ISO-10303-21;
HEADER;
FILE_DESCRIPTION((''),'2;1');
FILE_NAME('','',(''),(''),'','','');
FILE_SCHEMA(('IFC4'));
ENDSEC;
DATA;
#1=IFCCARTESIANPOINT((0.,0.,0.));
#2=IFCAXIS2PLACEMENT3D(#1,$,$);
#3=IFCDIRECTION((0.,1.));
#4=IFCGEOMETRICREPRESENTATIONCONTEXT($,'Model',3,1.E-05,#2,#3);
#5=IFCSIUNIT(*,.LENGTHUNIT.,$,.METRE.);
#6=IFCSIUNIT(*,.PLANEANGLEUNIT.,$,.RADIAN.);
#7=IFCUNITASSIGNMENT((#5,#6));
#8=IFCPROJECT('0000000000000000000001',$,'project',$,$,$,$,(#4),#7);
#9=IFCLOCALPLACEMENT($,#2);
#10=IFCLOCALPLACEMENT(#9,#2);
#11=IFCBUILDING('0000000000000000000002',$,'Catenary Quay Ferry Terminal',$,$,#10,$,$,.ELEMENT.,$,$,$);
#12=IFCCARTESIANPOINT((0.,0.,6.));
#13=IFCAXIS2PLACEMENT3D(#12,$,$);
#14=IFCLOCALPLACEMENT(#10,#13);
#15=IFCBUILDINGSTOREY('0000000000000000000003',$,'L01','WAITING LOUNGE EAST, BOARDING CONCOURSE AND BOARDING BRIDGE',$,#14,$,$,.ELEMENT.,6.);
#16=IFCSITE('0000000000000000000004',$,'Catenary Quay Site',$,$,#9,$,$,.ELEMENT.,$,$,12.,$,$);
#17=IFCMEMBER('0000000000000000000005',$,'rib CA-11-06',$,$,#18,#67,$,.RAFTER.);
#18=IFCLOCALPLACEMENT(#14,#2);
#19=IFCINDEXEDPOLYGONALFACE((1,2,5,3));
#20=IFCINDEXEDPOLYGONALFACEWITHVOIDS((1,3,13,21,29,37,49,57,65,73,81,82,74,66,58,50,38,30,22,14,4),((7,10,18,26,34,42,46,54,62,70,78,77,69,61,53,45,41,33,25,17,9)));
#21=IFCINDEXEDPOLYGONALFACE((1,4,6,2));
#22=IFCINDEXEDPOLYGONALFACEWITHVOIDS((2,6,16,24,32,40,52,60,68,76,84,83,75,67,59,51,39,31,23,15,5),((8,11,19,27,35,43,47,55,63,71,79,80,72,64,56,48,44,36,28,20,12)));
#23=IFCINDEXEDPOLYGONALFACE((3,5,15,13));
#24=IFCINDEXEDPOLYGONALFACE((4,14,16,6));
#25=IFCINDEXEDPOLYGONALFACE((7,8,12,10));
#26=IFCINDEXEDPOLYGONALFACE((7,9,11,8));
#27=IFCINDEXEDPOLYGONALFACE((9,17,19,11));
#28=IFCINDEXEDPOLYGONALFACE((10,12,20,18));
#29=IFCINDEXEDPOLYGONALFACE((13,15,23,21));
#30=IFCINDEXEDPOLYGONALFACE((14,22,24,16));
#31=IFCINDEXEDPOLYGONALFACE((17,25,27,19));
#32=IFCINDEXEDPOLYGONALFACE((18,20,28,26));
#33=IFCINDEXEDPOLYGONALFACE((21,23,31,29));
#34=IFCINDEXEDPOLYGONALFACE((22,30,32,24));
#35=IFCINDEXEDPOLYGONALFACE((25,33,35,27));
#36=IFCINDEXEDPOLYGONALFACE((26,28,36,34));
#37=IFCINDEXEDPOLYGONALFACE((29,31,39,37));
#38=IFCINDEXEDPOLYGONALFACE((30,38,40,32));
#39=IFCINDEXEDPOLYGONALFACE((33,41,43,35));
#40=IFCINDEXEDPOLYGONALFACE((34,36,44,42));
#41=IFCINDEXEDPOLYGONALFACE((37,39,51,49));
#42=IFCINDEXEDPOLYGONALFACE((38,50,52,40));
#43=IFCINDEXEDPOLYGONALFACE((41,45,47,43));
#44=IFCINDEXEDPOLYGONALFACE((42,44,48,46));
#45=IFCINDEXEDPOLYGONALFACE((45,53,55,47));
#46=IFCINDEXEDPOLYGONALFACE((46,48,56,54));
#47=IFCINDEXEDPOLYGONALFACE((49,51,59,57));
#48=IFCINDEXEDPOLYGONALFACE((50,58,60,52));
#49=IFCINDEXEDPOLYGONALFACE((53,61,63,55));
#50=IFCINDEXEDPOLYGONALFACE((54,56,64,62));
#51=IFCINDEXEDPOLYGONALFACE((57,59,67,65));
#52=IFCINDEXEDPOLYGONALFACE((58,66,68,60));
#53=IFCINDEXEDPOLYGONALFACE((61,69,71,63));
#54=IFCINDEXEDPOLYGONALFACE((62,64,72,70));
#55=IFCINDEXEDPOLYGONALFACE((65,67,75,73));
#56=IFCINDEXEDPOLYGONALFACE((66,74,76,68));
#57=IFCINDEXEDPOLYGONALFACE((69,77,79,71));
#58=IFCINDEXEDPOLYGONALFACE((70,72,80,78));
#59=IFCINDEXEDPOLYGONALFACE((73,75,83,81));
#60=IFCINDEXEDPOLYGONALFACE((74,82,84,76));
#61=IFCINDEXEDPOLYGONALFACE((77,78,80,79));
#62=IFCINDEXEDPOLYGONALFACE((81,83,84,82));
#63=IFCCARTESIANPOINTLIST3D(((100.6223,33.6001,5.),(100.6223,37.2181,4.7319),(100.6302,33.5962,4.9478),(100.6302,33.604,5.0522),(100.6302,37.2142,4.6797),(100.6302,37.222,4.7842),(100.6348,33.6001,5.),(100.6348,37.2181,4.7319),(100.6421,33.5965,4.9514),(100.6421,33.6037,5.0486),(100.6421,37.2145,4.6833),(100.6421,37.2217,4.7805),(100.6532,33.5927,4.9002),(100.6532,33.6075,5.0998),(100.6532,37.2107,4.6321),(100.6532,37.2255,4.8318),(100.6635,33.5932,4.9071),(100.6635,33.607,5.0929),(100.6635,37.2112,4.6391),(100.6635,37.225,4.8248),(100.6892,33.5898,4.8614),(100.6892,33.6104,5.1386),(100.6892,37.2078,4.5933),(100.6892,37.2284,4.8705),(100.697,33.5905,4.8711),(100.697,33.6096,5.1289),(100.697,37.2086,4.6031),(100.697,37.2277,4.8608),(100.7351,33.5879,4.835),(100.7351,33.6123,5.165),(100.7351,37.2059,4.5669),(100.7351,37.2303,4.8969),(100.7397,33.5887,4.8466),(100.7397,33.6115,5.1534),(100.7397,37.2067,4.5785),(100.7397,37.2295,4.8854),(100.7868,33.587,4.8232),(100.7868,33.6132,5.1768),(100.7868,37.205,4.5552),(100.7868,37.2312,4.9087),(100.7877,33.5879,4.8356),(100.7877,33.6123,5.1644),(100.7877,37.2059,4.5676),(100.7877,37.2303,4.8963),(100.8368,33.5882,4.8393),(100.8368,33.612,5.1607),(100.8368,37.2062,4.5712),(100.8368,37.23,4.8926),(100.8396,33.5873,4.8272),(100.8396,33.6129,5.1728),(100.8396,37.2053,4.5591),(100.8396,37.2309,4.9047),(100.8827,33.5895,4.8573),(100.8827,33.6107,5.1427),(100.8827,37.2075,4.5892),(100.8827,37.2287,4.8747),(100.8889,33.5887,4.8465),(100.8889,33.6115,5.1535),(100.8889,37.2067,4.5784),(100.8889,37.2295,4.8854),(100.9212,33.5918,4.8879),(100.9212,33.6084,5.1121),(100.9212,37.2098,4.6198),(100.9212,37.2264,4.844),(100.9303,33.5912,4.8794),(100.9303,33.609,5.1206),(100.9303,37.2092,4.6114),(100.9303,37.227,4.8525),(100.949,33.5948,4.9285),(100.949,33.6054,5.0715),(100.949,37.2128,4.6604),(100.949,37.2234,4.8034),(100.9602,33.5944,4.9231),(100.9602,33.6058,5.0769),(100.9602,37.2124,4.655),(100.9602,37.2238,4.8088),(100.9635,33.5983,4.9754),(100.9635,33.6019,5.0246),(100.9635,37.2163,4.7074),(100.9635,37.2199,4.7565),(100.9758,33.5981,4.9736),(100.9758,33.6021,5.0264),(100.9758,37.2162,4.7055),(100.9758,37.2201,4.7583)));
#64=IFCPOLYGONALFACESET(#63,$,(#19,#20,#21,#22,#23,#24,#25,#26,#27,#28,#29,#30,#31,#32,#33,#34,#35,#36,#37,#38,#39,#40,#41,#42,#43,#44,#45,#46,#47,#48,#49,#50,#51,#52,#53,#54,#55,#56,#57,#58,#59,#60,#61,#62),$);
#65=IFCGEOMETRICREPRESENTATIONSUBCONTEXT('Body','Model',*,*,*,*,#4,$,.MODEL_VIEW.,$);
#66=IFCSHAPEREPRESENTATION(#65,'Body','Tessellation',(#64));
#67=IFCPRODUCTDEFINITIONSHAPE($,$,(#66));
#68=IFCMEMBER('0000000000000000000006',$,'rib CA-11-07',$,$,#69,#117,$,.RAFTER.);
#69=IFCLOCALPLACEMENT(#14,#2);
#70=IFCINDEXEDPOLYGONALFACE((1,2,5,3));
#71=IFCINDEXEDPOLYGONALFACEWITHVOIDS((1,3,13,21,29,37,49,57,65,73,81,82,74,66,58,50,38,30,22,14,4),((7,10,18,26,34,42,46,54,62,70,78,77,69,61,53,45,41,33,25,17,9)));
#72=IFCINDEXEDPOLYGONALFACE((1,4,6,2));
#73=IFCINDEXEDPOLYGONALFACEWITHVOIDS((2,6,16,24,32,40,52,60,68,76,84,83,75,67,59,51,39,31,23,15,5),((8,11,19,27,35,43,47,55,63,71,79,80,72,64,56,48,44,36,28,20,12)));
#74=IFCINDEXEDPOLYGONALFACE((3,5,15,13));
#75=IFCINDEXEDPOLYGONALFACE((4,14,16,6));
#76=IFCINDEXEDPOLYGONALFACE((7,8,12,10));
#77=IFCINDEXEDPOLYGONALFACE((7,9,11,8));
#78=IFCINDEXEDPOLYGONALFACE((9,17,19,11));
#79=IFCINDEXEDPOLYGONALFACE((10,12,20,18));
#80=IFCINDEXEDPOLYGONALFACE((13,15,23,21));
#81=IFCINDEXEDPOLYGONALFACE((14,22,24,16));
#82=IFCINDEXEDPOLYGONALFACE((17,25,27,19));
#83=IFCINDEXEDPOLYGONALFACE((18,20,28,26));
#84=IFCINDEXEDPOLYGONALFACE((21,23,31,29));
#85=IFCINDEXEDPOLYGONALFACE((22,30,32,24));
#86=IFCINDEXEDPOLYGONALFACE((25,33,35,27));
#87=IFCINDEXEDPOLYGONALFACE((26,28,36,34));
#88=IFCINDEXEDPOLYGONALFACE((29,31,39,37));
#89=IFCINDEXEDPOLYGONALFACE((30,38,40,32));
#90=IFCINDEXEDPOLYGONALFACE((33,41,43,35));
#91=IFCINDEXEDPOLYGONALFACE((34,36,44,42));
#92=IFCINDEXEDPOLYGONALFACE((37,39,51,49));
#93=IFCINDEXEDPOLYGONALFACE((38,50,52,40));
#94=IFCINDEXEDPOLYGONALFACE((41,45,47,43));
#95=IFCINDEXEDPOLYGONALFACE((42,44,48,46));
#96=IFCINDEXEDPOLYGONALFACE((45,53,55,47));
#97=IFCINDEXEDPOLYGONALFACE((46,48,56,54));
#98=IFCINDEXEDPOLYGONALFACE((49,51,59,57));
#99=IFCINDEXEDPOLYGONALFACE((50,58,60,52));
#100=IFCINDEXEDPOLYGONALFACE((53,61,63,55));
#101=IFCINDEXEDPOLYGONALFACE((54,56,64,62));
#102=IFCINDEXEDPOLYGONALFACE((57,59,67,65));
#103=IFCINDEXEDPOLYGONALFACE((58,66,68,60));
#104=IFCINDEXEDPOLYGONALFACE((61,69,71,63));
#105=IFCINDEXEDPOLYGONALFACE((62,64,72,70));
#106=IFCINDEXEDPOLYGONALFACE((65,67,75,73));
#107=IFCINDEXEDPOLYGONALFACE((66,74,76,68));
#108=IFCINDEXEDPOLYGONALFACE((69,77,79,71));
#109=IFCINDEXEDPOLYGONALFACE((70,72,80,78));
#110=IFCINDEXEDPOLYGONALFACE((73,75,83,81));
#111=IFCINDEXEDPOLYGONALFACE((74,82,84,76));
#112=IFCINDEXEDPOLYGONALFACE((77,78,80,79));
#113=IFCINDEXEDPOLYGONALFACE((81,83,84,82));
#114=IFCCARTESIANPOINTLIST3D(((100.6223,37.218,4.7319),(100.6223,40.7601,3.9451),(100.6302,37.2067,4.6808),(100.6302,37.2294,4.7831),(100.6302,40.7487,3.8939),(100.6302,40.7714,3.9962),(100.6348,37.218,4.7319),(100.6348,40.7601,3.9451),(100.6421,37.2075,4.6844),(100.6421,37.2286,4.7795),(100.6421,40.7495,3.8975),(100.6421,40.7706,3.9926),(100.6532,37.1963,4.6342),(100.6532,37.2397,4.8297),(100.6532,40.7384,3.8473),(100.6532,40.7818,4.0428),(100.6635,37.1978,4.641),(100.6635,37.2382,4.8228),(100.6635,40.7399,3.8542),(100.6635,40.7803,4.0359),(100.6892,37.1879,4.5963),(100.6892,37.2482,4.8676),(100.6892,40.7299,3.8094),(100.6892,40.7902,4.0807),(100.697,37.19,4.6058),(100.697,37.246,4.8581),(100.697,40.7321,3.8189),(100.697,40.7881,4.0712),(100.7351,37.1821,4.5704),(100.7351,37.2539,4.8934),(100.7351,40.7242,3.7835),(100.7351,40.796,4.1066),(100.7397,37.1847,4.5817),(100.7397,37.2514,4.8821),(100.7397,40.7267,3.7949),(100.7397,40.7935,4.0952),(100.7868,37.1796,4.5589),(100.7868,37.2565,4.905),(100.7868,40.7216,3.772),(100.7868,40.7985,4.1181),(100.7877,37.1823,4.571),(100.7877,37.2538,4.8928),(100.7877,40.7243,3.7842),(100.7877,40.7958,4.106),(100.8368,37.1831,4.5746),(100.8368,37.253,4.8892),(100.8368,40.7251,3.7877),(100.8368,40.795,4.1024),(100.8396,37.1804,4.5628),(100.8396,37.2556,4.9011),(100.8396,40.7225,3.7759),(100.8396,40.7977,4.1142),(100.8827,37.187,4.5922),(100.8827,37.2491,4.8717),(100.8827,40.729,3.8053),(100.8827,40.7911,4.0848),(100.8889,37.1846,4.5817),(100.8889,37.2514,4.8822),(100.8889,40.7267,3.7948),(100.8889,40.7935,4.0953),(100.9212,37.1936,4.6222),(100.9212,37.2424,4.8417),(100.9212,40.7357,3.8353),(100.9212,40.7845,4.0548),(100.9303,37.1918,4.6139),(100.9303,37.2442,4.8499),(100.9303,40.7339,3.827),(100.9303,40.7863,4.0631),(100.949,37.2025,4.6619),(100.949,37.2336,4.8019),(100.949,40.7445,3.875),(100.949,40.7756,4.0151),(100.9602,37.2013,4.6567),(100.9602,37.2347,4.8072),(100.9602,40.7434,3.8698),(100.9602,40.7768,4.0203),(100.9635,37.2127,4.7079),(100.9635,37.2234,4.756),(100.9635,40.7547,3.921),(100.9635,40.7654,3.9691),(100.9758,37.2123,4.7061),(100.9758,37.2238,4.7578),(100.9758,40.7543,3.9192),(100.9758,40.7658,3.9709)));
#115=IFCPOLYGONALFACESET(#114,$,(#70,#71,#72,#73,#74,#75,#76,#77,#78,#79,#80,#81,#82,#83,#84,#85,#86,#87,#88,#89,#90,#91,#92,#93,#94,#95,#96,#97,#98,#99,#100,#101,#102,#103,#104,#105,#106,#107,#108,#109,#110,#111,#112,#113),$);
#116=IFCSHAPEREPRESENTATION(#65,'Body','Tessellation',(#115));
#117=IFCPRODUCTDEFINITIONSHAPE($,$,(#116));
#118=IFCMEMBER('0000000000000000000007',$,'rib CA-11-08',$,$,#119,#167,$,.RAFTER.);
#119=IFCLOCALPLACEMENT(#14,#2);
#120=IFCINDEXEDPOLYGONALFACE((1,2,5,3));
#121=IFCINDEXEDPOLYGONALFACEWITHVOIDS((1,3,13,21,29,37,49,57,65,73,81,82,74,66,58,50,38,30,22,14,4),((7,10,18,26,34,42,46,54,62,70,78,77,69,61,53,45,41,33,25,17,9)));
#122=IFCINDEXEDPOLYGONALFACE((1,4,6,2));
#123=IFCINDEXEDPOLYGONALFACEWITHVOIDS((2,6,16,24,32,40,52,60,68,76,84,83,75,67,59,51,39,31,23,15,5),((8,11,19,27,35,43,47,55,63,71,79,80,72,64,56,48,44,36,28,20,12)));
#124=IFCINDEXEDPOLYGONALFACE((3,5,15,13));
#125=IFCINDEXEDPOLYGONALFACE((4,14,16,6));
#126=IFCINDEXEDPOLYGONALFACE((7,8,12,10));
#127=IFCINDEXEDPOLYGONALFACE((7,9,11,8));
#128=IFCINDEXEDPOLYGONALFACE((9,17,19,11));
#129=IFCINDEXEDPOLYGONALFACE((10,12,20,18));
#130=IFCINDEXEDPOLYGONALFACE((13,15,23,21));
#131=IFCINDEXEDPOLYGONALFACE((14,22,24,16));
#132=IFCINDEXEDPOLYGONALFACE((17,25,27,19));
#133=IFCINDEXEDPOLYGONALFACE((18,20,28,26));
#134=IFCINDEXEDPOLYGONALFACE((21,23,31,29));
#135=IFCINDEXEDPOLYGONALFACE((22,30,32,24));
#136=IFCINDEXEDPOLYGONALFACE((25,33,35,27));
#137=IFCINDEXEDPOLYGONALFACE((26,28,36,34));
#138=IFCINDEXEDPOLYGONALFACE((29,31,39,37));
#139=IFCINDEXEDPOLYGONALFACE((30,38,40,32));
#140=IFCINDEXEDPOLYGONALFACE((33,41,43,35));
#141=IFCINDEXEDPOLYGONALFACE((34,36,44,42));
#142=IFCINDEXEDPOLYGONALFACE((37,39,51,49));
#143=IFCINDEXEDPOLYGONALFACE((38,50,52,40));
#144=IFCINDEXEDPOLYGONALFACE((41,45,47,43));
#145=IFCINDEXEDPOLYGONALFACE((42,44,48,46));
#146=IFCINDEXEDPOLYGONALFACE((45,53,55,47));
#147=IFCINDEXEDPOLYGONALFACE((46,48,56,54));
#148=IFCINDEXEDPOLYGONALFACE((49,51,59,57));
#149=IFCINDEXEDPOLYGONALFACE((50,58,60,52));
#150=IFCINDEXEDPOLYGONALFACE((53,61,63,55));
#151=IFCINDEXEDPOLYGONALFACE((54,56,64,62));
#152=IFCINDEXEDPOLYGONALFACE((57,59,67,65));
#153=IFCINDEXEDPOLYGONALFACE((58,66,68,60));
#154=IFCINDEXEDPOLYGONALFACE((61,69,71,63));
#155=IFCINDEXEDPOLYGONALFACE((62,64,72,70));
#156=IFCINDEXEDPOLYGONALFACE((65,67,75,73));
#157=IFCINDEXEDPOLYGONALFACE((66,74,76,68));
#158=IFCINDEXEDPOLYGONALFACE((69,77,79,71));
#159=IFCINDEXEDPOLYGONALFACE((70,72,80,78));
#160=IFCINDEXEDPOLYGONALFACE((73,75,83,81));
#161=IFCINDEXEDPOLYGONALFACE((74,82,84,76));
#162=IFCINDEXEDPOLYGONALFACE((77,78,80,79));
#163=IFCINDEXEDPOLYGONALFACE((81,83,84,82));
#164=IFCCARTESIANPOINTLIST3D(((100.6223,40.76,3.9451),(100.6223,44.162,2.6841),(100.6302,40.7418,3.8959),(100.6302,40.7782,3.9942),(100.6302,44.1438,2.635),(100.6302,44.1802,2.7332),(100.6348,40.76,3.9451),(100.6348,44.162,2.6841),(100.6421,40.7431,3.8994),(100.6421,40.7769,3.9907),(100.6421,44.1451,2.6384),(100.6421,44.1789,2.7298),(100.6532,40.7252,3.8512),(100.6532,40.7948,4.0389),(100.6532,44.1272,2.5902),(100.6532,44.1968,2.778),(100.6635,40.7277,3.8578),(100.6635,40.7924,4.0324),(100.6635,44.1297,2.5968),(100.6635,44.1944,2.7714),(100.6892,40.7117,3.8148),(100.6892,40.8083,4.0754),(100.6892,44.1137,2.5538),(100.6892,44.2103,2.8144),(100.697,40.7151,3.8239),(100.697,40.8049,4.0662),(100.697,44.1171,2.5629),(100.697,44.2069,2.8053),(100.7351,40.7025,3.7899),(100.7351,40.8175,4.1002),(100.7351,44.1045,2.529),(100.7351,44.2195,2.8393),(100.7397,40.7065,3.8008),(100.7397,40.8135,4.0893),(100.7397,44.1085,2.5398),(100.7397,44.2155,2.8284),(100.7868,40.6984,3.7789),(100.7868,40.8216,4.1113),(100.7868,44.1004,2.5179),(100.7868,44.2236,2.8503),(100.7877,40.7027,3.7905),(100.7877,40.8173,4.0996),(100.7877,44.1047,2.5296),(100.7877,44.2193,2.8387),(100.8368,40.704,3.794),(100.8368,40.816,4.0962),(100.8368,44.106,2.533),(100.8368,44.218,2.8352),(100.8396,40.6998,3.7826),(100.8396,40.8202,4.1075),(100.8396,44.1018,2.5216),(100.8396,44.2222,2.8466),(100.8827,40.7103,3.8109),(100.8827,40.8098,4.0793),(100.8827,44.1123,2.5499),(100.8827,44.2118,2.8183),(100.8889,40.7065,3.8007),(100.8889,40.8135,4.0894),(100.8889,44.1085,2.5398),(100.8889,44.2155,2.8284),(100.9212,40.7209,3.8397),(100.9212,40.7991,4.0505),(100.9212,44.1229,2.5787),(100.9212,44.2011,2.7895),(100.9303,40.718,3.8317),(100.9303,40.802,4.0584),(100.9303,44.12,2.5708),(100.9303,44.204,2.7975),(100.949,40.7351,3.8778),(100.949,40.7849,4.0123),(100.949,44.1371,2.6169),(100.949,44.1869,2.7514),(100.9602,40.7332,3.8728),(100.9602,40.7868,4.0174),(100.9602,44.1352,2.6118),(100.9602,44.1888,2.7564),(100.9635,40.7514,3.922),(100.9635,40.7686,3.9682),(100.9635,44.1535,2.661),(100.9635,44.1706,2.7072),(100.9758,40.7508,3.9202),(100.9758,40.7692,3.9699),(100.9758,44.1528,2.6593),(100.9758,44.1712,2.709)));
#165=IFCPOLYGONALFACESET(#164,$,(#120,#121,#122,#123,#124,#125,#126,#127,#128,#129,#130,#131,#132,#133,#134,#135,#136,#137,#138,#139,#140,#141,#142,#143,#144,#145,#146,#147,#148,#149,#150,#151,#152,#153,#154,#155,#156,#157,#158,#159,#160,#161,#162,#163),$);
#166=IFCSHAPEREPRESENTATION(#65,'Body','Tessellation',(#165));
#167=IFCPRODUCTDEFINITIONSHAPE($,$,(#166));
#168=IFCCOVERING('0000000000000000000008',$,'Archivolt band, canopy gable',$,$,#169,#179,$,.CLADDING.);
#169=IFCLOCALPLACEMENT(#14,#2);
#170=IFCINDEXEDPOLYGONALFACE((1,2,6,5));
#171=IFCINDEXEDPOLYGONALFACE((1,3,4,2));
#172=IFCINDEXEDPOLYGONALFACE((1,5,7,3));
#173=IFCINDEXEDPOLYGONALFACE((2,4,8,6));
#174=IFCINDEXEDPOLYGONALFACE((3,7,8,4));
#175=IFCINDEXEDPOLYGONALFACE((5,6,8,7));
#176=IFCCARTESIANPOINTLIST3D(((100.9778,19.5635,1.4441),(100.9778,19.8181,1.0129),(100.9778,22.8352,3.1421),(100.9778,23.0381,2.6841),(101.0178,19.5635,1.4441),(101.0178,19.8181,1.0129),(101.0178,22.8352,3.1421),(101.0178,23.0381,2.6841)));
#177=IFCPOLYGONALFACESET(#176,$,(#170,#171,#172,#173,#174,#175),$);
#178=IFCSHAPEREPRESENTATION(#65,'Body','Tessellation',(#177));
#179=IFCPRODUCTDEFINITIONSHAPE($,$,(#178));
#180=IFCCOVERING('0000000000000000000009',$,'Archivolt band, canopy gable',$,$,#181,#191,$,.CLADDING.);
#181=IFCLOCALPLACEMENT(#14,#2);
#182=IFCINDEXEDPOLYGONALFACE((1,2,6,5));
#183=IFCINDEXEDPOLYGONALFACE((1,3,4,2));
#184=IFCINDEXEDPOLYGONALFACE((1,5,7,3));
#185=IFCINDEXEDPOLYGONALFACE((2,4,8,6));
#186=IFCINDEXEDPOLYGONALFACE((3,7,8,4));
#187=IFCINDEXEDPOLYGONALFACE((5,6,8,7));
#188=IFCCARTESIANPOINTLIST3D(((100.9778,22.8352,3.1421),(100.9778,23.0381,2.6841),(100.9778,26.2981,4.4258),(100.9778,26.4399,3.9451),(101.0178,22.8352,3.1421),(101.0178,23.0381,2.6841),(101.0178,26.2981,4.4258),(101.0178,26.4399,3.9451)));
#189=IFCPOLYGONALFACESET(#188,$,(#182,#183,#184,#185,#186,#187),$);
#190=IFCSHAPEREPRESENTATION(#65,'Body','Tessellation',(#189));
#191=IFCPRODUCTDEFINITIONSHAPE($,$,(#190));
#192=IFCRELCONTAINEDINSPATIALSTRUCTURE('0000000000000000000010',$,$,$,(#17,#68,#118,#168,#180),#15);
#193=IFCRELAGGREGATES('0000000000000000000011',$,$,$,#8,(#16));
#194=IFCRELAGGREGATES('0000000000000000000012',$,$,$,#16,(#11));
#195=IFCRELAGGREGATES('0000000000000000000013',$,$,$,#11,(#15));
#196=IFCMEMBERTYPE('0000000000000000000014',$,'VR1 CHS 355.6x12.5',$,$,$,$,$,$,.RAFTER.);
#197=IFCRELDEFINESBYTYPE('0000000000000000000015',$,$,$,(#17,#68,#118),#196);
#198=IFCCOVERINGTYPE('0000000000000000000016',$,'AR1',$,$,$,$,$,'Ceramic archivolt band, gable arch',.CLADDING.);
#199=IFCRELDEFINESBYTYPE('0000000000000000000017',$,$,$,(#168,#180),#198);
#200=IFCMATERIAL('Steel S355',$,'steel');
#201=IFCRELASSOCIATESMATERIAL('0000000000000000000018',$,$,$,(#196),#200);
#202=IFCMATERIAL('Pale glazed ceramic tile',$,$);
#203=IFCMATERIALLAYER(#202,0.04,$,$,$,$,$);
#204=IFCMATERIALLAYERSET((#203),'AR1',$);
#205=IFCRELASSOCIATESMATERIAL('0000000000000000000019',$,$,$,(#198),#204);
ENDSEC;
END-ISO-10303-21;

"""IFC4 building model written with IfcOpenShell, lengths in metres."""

from ifc_helpers import new_model, si_unit, direction, frame, origin, origin_2d, place, context, subcontext, project, spatial, polyline, hollow_circle, outline, extrude, material, layer, layer_set, material_profile, profile_set, type_object, element, save


model = new_model("IFC4")

# Units and contexts
model_context = context("Model", 3, precision=1e-05, world=origin(), true_north=direction((0.0, 1.0)))
body_context = subcontext(model_context, "Body", "Model", "MODEL_VIEW")
ifc_project = project(units=[si_unit("LENGTHUNIT", "METRE"), si_unit("PLANEANGLEUNIT", "RADIAN")], contexts=[model_context])

# Site, building, storey
site_placement = place(None, origin())
site = spatial("IfcSite", under=ifc_project, at=site_placement, Name="Catenary Quay Site", CompositionType="ELEMENT", RefElevation=12.0)
building_placement = place(site_placement, origin())
building = spatial("IfcBuilding", under=site, at=building_placement, Name="Catenary Quay Ferry Terminal", CompositionType="ELEMENT")
storey_placement = place(building_placement, frame((0.0, 0.0, 6.0)))
storey = spatial("IfcBuildingStorey", under=building, at=storey_placement, Name="L01", Description="WAITING LOUNGE EAST, BOARDING CONCOURSE AND BOARDING BRIDGE", CompositionType="ELEMENT", Elevation=6.0)

# Members
ifc_material_1 = material(Name="Steel S355", Category="steel")
ifc_material_profile_1 = material_profile(ifc_material_1, hollow_circle(Radius=0.1777, WallThickness=0.0125, at=origin_2d()), Name="CHS 355.6x12.5")
ifc_profile_set_1 = profile_set([ifc_material_profile_1], Name="Steel S355")
member_type_1 = type_object("IfcMemberType", Name="VR1 CHS 355.6x12.5", PredefinedType="RAFTER", material=ifc_profile_set_1)
member_1_placement = place(storey_placement, frame((100.8, 33.6001, 5.0), z_axis=(0.0, 0.997266, -0.073892), x_axis=(-1.0, 0.0, 0.0)))
element("IfcMember", 1, at=member_1_placement, inside=storey, type_object=member_type_1, Name="rib CA-11-06", PredefinedType="RAFTER", context=body_context, shape_type="SweptSolid", body=[
    extrude(hollow_circle(Radius=0.1777, WallThickness=0.0125, at=origin_2d()), origin(), (0.0, 0.0, 1.0), 3.6279),
])
member_2_placement = place(storey_placement, frame((100.8, 37.218, 4.7319), z_axis=(0.0, 0.976201, -0.216866), x_axis=(-1.0, 0.0, 0.0)))
element("IfcMember", 2, at=member_2_placement, inside=storey, type_object=member_type_1, Name="rib CA-11-07", PredefinedType="RAFTER", context=body_context, shape_type="SweptSolid", body=[
    extrude(hollow_circle(Radius=0.1777, WallThickness=0.0125, at=origin_2d()), origin(), (0.0, 0.0, 1.0), 3.6284),
])
member_3_placement = place(storey_placement, frame((100.8, 40.76, 3.9451), z_axis=(0.0, 0.937664, -0.347544), x_axis=(-1.0, 0.0, 0.0)))
element("IfcMember", 3, at=member_3_placement, inside=storey, type_object=member_type_1, Name="rib CA-11-08", PredefinedType="RAFTER", context=body_context, shape_type="SweptSolid", body=[
    extrude(hollow_circle(Radius=0.1777, WallThickness=0.0125, at=origin_2d()), origin(), (0.0, 0.0, 1.0), 3.6282),
])

# Coverings
ifc_material_2 = material(Name="Pale glazed ceramic tile")
ifc_layer = layer(ifc_material_2, 0.04)
ifc_layer_set = layer_set([ifc_layer], Name="AR1")
covering_type = type_object("IfcCoveringType", Name="AR1", ElementType="Ceramic archivolt band, gable arch", PredefinedType="CLADDING", material=ifc_layer_set)
covering_1_placement = place(storey_placement, frame((100.9778, 19.5635, 1.4441), z_axis=(-1.0, 0.0, 0.0), x_axis=(0.0, 0.887583, 0.460648)))
element("IfcCovering", 4, at=covering_1_placement, inside=storey, type_object=covering_type, Name="Archivolt band, canopy gable", PredefinedType="CLADDING", context=body_context, shape_type="SweptSolid", body=[
    extrude(outline(polyline([(0.0, 0.0), (3.6861, 0.0), (3.6552, 0.5), (0.0274, 0.5), (0.0, 0.0)])), origin(), (0.0, 0.0, -1.0), 0.04),
])
covering_2_placement = place(storey_placement, frame((100.9778, 22.8352, 3.1421), z_axis=(-1.0, 0.0, 0.0), x_axis=(0.0, 0.937648, 0.347586)))
element("IfcCovering", 5, at=covering_2_placement, inside=storey, type_object=covering_type, Name="Archivolt band, canopy gable", PredefinedType="CLADDING", context=body_context, shape_type="SweptSolid", body=[
    extrude(outline(polyline([(0.0, 0.0), (3.6932, 0.0), (3.6591, 0.5), (0.031, 0.5), (0.0, 0.0)])), origin(), (0.0, 0.0, -1.0), 0.04),
])

save(model, "model.ifc")
